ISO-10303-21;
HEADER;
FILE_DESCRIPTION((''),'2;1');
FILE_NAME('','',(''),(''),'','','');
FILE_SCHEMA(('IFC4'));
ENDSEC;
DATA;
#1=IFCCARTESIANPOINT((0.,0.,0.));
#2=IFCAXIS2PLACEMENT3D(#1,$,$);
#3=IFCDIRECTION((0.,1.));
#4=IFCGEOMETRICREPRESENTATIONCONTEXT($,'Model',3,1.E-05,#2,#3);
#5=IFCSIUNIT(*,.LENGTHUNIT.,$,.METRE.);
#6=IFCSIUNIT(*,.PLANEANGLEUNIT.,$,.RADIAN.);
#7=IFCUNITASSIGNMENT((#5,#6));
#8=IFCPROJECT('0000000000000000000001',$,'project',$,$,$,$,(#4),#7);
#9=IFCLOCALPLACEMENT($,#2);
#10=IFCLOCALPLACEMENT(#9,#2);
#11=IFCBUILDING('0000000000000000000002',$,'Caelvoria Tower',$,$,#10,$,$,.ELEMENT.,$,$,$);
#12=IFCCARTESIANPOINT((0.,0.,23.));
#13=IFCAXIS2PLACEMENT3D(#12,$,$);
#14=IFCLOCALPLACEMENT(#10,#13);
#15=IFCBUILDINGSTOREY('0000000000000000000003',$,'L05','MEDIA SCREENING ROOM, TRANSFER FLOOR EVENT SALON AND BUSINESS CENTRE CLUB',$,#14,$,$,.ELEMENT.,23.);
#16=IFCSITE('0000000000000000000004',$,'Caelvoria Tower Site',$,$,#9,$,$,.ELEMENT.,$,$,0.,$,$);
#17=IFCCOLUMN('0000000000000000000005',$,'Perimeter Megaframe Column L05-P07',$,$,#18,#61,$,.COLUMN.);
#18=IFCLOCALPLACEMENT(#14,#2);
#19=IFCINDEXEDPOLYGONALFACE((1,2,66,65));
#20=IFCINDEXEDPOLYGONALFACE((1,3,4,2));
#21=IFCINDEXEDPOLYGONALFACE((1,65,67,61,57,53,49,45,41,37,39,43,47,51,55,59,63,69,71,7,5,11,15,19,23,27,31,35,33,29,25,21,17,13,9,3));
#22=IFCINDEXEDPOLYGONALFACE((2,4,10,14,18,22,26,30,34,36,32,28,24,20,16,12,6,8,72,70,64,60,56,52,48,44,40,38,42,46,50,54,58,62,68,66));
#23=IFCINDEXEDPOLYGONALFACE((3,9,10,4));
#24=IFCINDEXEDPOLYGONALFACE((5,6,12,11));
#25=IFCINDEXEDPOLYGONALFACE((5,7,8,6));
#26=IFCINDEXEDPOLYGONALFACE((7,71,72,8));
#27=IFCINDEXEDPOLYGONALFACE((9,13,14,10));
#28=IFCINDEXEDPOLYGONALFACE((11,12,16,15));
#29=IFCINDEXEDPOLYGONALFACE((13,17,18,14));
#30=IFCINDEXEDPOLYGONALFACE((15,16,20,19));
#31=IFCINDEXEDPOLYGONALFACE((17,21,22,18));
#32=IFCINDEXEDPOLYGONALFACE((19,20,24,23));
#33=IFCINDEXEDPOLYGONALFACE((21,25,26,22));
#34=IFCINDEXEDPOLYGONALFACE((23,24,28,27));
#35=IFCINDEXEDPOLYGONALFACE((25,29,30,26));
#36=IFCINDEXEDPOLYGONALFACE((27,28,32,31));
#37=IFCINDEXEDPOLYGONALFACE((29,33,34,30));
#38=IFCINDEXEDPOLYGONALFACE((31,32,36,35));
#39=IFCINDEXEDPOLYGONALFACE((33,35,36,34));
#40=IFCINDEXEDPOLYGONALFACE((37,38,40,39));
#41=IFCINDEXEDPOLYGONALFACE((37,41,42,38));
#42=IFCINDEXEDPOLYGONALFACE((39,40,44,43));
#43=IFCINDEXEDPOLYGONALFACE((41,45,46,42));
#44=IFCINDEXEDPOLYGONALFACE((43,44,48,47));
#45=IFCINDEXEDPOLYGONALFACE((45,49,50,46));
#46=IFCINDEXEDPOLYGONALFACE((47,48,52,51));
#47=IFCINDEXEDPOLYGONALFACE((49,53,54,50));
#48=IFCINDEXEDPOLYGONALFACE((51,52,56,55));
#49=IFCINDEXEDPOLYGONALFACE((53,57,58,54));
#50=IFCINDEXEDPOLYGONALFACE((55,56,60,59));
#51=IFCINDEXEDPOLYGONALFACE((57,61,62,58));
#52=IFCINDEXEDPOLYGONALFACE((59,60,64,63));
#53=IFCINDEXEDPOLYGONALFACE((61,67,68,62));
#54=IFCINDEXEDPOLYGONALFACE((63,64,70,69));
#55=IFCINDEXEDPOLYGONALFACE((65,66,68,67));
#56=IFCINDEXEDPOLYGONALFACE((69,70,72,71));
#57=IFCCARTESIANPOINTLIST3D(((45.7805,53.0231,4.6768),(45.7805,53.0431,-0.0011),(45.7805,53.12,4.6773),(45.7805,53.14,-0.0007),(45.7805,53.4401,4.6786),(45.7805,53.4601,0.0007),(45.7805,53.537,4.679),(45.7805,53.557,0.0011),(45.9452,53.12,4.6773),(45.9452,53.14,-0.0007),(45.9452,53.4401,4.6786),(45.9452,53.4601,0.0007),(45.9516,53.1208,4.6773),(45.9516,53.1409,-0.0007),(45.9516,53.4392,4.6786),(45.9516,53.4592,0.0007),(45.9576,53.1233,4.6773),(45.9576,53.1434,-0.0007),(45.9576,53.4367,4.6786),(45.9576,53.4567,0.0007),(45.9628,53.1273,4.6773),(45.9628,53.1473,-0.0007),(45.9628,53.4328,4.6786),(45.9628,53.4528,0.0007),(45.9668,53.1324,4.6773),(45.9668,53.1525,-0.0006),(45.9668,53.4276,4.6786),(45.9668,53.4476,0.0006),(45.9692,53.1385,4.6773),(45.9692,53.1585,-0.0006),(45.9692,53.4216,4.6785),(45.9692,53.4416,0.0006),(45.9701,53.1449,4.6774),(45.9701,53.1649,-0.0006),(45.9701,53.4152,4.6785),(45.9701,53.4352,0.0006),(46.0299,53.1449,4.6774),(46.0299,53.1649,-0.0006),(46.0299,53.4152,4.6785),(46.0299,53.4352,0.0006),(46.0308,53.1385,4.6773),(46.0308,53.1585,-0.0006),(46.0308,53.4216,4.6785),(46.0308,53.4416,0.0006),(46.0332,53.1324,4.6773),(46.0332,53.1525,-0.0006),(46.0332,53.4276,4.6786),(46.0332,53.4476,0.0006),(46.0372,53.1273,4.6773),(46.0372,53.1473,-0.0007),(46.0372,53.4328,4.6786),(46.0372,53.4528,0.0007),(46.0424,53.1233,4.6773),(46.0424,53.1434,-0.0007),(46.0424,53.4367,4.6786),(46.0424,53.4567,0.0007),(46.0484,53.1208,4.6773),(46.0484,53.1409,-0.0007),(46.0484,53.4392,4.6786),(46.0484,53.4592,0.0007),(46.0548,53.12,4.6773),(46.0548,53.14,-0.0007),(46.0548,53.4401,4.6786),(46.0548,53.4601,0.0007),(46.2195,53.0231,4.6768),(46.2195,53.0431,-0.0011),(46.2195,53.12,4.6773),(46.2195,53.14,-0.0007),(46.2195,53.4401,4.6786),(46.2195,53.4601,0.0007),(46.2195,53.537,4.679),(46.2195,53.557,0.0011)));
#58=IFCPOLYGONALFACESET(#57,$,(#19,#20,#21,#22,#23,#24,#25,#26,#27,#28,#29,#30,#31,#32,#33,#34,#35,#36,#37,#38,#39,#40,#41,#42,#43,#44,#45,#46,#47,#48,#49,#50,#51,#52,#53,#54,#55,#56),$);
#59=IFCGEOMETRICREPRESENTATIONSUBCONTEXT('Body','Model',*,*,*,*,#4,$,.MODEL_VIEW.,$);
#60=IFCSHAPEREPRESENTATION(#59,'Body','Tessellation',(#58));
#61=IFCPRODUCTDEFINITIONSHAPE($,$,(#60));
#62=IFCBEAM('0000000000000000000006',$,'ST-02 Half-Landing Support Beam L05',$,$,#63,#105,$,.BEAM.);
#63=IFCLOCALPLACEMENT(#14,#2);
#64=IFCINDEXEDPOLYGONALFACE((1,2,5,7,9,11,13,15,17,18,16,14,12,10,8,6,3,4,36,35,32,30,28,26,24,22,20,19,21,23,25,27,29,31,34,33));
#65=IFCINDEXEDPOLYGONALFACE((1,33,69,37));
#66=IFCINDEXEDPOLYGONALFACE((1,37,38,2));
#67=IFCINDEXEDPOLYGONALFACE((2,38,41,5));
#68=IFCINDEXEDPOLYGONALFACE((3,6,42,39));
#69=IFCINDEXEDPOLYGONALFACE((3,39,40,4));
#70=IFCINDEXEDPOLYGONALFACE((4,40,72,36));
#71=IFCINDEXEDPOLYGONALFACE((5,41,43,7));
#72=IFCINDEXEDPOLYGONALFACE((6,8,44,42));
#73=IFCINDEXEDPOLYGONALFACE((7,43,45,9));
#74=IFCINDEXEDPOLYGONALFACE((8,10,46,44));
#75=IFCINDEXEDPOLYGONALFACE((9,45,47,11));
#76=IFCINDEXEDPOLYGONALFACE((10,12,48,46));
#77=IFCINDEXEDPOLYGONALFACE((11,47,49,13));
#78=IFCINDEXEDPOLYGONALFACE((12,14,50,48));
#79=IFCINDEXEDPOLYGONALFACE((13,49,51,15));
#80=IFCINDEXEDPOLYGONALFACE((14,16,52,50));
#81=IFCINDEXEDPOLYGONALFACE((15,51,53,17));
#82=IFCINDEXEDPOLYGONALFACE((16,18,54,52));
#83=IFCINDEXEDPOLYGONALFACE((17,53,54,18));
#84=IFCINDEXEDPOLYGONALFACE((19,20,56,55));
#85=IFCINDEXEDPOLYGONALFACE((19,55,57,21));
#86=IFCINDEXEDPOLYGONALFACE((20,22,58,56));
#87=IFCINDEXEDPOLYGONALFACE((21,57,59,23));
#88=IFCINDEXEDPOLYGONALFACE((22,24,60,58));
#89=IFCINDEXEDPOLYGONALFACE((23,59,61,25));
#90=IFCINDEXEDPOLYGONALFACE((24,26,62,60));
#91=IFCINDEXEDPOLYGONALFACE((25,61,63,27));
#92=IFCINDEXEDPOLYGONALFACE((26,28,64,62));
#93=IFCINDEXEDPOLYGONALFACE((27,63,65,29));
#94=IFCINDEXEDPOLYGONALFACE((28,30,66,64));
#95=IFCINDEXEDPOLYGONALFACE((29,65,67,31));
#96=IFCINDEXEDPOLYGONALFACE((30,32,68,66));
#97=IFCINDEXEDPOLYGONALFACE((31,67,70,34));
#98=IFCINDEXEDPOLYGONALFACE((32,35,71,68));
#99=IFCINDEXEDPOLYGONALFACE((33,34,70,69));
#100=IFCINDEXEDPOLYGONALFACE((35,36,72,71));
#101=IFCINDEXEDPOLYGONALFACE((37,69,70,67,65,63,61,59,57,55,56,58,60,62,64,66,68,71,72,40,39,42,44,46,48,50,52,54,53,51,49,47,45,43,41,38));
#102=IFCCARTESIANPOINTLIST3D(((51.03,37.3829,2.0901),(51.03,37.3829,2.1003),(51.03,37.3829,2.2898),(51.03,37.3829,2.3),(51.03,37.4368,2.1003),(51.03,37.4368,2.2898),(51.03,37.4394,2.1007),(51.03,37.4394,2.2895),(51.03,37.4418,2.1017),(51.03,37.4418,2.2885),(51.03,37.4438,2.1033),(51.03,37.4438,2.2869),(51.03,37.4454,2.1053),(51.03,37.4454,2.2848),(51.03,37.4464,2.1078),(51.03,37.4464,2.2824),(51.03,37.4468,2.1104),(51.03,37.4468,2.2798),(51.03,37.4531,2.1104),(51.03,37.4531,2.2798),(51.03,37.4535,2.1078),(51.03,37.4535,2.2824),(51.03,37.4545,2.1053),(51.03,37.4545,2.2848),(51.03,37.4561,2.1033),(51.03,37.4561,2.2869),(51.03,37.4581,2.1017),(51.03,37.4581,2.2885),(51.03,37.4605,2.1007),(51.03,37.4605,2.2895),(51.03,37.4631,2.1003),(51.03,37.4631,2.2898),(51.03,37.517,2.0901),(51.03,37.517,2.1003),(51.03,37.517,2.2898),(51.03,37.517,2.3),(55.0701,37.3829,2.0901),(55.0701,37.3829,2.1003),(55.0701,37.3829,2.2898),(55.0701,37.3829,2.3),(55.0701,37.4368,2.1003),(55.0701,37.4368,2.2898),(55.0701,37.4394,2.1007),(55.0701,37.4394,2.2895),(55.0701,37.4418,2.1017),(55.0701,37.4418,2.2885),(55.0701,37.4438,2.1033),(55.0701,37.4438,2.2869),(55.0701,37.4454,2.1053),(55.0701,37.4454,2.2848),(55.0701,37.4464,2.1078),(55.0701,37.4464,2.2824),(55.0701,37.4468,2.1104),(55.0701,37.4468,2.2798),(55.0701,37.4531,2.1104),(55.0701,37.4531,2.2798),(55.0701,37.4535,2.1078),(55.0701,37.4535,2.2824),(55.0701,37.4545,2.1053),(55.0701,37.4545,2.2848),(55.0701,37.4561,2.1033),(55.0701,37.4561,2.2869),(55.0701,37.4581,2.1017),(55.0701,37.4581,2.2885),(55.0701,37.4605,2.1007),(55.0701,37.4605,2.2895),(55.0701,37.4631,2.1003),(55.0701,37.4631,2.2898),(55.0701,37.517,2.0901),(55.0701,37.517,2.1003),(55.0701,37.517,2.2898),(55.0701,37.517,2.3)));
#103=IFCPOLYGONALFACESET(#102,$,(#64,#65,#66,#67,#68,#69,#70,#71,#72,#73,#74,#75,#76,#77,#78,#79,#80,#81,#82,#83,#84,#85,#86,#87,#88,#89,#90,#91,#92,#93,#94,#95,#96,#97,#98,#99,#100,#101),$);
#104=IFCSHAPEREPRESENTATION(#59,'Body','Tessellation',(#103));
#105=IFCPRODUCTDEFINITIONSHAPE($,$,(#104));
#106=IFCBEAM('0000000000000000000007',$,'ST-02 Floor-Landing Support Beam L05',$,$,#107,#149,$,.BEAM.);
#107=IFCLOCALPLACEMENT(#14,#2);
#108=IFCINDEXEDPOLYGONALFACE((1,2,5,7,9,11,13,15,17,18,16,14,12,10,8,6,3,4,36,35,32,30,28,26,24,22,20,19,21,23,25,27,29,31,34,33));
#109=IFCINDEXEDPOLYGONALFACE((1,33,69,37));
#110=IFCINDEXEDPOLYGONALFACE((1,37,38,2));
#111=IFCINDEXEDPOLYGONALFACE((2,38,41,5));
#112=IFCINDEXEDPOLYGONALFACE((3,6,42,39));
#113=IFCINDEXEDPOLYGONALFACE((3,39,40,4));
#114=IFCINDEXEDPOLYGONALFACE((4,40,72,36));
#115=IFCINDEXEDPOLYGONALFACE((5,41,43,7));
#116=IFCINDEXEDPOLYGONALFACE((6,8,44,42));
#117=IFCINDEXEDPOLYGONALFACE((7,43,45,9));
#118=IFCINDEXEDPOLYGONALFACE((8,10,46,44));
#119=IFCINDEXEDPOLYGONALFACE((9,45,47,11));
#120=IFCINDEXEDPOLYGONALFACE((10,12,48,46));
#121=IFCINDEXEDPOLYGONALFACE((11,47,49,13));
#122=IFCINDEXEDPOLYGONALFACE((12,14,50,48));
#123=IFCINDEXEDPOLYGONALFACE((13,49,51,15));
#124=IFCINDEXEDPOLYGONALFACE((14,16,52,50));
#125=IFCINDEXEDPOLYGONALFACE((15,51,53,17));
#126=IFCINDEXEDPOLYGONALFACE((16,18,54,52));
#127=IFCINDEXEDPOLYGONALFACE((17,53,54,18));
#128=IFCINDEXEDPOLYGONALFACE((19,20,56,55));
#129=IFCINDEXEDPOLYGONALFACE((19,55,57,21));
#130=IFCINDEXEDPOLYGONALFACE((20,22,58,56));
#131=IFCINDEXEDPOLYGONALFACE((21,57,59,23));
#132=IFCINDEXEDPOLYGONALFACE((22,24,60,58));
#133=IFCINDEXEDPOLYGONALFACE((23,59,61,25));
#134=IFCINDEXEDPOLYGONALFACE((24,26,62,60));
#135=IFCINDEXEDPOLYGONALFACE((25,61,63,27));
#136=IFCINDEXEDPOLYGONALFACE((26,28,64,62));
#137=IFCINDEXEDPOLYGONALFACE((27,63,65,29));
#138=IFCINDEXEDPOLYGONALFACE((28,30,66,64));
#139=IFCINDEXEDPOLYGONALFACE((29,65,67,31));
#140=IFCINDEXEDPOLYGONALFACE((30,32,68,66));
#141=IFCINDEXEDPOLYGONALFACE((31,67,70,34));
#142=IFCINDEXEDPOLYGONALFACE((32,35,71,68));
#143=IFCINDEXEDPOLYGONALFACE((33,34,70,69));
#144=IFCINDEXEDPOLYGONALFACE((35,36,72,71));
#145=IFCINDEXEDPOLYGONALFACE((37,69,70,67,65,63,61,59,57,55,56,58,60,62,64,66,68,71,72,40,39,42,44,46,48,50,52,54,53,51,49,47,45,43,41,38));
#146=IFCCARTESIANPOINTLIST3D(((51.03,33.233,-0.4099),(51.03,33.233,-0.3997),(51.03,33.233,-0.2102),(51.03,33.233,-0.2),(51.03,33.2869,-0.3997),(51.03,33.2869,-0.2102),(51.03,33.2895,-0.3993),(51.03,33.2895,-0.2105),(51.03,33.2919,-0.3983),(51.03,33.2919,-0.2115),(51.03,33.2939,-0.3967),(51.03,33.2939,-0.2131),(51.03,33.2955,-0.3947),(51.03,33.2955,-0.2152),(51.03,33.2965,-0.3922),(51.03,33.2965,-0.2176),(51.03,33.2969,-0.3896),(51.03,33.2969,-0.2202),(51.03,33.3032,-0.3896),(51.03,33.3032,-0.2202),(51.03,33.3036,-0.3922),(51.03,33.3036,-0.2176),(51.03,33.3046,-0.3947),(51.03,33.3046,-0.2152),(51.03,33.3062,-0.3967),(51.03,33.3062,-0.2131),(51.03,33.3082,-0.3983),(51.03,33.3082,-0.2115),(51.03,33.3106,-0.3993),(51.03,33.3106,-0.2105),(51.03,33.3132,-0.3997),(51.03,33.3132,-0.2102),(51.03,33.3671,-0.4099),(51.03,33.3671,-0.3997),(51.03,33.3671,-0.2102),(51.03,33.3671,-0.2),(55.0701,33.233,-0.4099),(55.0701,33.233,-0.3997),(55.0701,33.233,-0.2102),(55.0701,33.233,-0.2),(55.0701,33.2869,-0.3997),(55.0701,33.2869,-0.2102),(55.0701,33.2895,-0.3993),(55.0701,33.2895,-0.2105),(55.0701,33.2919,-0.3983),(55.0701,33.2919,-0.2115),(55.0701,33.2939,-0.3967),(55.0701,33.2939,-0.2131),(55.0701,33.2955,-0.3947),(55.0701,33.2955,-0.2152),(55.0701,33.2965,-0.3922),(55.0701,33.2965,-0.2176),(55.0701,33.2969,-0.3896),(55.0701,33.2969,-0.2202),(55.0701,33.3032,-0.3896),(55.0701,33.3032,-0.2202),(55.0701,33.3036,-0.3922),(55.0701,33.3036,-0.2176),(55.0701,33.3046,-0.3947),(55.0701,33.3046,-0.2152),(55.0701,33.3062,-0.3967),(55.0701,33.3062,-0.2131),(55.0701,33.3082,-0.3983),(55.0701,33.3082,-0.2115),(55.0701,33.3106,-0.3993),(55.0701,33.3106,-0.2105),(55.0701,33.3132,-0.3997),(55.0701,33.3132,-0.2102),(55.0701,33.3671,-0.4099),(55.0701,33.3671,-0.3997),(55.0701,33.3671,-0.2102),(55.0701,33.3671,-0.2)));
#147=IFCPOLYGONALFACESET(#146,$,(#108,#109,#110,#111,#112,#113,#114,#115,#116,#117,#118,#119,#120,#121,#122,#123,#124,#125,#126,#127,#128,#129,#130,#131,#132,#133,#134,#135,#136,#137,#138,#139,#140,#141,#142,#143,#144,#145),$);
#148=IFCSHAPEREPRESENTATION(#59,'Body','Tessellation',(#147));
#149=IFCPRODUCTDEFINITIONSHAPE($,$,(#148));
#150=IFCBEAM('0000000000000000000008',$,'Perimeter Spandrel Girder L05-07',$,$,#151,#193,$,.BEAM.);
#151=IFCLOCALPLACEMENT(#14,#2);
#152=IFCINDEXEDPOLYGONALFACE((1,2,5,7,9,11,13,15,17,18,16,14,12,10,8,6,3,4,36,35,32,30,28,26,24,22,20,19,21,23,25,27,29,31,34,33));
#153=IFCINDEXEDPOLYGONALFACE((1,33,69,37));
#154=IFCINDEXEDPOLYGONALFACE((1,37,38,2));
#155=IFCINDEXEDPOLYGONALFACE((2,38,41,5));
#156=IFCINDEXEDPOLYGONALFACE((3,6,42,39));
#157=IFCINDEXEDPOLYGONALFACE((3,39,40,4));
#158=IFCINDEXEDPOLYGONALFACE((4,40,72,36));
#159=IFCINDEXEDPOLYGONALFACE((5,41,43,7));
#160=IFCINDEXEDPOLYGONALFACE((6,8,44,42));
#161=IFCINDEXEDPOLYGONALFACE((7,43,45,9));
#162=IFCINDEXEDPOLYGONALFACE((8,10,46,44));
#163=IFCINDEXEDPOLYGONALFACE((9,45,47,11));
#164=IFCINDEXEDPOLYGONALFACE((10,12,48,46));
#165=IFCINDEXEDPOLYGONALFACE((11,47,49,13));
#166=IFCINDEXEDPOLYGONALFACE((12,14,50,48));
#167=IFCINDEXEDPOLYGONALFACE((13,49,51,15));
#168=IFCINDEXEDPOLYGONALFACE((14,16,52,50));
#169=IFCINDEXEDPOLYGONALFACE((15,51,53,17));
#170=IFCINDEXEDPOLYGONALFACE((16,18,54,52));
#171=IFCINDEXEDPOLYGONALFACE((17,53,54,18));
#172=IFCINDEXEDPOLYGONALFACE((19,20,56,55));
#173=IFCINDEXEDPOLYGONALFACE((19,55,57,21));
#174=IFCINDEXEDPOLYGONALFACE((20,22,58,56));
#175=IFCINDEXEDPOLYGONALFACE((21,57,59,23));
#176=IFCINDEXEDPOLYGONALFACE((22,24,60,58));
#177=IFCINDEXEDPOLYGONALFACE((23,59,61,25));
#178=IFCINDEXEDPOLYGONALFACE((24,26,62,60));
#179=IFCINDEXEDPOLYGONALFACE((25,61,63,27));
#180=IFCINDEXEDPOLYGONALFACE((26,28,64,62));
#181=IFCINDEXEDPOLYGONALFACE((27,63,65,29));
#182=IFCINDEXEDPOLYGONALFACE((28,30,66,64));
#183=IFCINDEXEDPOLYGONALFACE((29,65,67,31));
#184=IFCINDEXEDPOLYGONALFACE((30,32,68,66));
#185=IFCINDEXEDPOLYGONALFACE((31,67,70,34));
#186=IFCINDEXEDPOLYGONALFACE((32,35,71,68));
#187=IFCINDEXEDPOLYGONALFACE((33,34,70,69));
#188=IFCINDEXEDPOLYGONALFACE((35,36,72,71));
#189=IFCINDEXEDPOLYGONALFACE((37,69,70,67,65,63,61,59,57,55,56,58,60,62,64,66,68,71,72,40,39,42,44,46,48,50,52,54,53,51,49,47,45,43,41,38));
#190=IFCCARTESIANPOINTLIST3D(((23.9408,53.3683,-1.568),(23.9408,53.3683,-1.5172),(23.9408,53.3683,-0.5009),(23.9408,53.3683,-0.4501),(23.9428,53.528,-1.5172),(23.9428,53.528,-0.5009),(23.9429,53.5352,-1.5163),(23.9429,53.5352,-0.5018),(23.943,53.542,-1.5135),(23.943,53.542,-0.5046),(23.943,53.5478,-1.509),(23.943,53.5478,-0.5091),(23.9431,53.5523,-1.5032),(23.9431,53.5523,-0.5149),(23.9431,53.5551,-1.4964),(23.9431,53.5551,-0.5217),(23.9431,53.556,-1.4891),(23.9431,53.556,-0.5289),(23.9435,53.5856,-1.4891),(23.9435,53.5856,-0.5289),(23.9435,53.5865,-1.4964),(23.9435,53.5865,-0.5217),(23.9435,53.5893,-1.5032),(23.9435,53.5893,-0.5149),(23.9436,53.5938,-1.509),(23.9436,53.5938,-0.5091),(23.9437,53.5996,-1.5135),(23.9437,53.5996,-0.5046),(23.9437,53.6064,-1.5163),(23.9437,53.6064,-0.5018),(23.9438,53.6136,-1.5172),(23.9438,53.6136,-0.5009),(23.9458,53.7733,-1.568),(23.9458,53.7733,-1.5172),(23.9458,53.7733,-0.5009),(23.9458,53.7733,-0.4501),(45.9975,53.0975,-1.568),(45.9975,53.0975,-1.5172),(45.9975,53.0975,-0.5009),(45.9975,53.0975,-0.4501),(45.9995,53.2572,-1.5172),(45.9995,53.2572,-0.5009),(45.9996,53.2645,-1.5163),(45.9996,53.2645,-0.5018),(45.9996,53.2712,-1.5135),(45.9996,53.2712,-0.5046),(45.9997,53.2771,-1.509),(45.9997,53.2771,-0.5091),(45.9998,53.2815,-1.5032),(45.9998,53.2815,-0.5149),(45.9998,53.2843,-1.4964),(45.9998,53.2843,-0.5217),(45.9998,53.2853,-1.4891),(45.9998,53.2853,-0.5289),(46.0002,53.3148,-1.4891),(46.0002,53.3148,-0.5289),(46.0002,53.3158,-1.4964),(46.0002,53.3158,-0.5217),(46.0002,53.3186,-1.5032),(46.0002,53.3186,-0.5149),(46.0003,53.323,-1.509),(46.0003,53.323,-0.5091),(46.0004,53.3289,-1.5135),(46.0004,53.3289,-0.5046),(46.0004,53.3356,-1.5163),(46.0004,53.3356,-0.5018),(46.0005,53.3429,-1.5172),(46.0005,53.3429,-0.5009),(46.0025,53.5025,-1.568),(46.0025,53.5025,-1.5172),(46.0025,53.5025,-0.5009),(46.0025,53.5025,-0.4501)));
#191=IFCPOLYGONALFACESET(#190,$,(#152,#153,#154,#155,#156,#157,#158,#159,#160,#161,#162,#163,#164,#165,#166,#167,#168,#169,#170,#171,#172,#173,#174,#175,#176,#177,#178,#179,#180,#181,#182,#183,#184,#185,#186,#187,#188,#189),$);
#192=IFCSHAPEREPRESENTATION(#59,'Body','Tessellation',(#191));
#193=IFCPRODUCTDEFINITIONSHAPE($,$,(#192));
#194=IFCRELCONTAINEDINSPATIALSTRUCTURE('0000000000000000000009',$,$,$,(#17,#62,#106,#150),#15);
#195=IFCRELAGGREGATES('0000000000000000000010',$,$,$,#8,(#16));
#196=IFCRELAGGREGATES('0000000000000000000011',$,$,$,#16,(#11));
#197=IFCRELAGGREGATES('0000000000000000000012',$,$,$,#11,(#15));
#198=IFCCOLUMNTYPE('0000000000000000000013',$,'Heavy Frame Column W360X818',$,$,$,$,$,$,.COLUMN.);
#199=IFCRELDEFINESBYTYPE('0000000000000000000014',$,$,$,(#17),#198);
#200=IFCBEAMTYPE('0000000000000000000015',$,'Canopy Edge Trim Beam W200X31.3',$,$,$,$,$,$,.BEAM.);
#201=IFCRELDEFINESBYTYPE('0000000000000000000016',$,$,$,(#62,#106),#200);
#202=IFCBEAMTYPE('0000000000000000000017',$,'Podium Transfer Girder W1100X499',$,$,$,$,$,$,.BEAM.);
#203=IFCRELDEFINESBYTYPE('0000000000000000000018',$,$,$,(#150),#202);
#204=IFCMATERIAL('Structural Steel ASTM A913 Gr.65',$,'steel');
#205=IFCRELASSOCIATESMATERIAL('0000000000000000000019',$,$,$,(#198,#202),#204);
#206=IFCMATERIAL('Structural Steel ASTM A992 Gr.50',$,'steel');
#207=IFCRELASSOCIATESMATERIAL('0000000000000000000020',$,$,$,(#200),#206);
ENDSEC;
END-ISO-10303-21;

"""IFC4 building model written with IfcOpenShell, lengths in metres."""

from ifc_helpers import new_model, si_unit, direction, frame, origin, origin_2d, place, context, subcontext, project, spatial, i_section, extrude, material, material_profile, profile_set, type_object, element, save


model = new_model("IFC4")

# Units and contexts
model_context = context("Model", 3, precision=1e-05, world=origin(), true_north=direction((0.0, 1.0)))
body_context = subcontext(model_context, "Body", "Model", "MODEL_VIEW")
ifc_project = project(units=[si_unit("LENGTHUNIT", "METRE"), si_unit("PLANEANGLEUNIT", "RADIAN")], contexts=[model_context])

# Site, building, storey
site_placement = place(None, origin())
site = spatial("IfcSite", under=ifc_project, at=site_placement, Name="Caelvoria Tower Site", CompositionType="ELEMENT", RefElevation=0.0)
building_placement = place(site_placement, origin())
building = spatial("IfcBuilding", under=site, at=building_placement, Name="Caelvoria Tower", CompositionType="ELEMENT")
storey_placement = place(building_placement, frame((0.0, 0.0, 23.0)))
storey = spatial("IfcBuildingStorey", under=building, at=storey_placement, Name="L05", Description="MEDIA SCREENING ROOM, TRANSFER FLOOR EVENT SALON AND BUSINESS CENTRE CLUB", CompositionType="ELEMENT", Elevation=23.0)

# Column
ifc_material_1 = material(Name="Structural Steel ASTM A913 Gr.65", Category="steel")
ifc_material_profile_1 = material_profile(ifc_material_1, i_section(OverallWidth=0.439, OverallDepth=0.5139, WebThickness=0.0598, FlangeThickness=0.0969, FilletRadius=0.0249, at=origin_2d()), Name="Structural Steel ASTM A913 Gr.65")
ifc_profile_set_1 = profile_set([ifc_material_profile_1], Name="W360X818 - Structural Steel ASTM A913 Gr.65")
column_type = type_object("IfcColumnType", Name="Heavy Frame Column W360X818", PredefinedType="COLUMN", material=ifc_profile_set_1)
column_placement = place(storey_placement, frame((46.0, 53.3, 0.0), z_axis=(0.0, -0.004279, 0.999991), x_axis=(1.0, 0.0, 0.0)))
element("IfcColumn", 1, at=column_placement, inside=storey, type_object=column_type, Name="Perimeter Megaframe Column L05-P07", PredefinedType="COLUMN", context=body_context, shape_type="SweptSolid", body=[
    extrude(i_section(OverallWidth=0.439, OverallDepth=0.5139, WebThickness=0.0598, FlangeThickness=0.0969, FilletRadius=0.0249, at=origin_2d()), origin(), (0.0, 0.0, 1.0), 4.678),
])

# Beams
ifc_material_2 = material(Name="Structural Steel ASTM A992 Gr.50", Category="steel")
ifc_material_profile_2 = material_profile(ifc_material_2, i_section(OverallWidth=0.134, OverallDepth=0.21, WebThickness=0.0063, FlangeThickness=0.0103, FilletRadius=0.01, at=origin_2d()), Name="Structural Steel ASTM A992 Gr.50")
ifc_profile_set_2 = profile_set([ifc_material_profile_2], Name="W200X31.3 - Structural Steel ASTM A992 Gr.50")
beam_type_1 = type_object("IfcBeamType", Name="Canopy Edge Trim Beam W200X31.3", PredefinedType="BEAM", material=ifc_profile_set_2)
for number, where, z_axis, x_axis, name in (
    (2, (51.03, 37.45, 2.1951), (1.0, 0.0, 0.0), (0.0, 1.0, 0.0), "ST-02 Half-Landing Support Beam L05"),
    (3, (51.03, 33.3, -0.3049), (1.0, 0.0, 0.0), (0.0, 1.0, 0.0), "ST-02 Floor-Landing Support Beam L05"),
):
    element("IfcBeam", number, at=place(storey_placement, frame(where, z_axis=z_axis, x_axis=x_axis)), inside=storey, type_object=beam_type_1, Name=name, PredefinedType="BEAM", context=body_context, shape_type="SweptSolid", body=[
        extrude(i_section(OverallWidth=0.134, OverallDepth=0.21, WebThickness=0.0063, FlangeThickness=0.0103, FilletRadius=0.01, at=origin_2d()), origin(), (0.0, 0.0, 1.0), 4.04),
    ])
ifc_material_profile_3 = material_profile(ifc_material_1, i_section(OverallWidth=0.405, OverallDepth=1.1179, WebThickness=0.0295, FlangeThickness=0.0508, FilletRadius=0.0281, at=origin_2d()), Name="Structural Steel ASTM A913 Gr.65")
ifc_profile_set_3 = profile_set([ifc_material_profile_3], Name="W1100X499 - Structural Steel ASTM A913 Gr.65")
beam_type_2 = type_object("IfcBeamType", Name="Podium Transfer Girder W1100X499", PredefinedType="BEAM", material=ifc_profile_set_3)
beam_1_placement = place(storey_placement, frame((46.0, 53.3, -1.009), z_axis=(-0.999925, 0.012274, 0.0), x_axis=(-0.012274, -0.999925, 0.0)))
element("IfcBeam", 4, at=beam_1_placement, inside=storey, type_object=beam_type_2, Name="Perimeter Spandrel Girder L05-07", PredefinedType="BEAM", context=body_context, shape_type="SweptSolid", body=[
    extrude(i_section(OverallWidth=0.405, OverallDepth=1.1179, WebThickness=0.0295, FlangeThickness=0.0508, FilletRadius=0.0281, at=origin_2d()), origin(), (0.0, 0.0, 1.0), 22.0583),
])

save(model, "model.ifc")
